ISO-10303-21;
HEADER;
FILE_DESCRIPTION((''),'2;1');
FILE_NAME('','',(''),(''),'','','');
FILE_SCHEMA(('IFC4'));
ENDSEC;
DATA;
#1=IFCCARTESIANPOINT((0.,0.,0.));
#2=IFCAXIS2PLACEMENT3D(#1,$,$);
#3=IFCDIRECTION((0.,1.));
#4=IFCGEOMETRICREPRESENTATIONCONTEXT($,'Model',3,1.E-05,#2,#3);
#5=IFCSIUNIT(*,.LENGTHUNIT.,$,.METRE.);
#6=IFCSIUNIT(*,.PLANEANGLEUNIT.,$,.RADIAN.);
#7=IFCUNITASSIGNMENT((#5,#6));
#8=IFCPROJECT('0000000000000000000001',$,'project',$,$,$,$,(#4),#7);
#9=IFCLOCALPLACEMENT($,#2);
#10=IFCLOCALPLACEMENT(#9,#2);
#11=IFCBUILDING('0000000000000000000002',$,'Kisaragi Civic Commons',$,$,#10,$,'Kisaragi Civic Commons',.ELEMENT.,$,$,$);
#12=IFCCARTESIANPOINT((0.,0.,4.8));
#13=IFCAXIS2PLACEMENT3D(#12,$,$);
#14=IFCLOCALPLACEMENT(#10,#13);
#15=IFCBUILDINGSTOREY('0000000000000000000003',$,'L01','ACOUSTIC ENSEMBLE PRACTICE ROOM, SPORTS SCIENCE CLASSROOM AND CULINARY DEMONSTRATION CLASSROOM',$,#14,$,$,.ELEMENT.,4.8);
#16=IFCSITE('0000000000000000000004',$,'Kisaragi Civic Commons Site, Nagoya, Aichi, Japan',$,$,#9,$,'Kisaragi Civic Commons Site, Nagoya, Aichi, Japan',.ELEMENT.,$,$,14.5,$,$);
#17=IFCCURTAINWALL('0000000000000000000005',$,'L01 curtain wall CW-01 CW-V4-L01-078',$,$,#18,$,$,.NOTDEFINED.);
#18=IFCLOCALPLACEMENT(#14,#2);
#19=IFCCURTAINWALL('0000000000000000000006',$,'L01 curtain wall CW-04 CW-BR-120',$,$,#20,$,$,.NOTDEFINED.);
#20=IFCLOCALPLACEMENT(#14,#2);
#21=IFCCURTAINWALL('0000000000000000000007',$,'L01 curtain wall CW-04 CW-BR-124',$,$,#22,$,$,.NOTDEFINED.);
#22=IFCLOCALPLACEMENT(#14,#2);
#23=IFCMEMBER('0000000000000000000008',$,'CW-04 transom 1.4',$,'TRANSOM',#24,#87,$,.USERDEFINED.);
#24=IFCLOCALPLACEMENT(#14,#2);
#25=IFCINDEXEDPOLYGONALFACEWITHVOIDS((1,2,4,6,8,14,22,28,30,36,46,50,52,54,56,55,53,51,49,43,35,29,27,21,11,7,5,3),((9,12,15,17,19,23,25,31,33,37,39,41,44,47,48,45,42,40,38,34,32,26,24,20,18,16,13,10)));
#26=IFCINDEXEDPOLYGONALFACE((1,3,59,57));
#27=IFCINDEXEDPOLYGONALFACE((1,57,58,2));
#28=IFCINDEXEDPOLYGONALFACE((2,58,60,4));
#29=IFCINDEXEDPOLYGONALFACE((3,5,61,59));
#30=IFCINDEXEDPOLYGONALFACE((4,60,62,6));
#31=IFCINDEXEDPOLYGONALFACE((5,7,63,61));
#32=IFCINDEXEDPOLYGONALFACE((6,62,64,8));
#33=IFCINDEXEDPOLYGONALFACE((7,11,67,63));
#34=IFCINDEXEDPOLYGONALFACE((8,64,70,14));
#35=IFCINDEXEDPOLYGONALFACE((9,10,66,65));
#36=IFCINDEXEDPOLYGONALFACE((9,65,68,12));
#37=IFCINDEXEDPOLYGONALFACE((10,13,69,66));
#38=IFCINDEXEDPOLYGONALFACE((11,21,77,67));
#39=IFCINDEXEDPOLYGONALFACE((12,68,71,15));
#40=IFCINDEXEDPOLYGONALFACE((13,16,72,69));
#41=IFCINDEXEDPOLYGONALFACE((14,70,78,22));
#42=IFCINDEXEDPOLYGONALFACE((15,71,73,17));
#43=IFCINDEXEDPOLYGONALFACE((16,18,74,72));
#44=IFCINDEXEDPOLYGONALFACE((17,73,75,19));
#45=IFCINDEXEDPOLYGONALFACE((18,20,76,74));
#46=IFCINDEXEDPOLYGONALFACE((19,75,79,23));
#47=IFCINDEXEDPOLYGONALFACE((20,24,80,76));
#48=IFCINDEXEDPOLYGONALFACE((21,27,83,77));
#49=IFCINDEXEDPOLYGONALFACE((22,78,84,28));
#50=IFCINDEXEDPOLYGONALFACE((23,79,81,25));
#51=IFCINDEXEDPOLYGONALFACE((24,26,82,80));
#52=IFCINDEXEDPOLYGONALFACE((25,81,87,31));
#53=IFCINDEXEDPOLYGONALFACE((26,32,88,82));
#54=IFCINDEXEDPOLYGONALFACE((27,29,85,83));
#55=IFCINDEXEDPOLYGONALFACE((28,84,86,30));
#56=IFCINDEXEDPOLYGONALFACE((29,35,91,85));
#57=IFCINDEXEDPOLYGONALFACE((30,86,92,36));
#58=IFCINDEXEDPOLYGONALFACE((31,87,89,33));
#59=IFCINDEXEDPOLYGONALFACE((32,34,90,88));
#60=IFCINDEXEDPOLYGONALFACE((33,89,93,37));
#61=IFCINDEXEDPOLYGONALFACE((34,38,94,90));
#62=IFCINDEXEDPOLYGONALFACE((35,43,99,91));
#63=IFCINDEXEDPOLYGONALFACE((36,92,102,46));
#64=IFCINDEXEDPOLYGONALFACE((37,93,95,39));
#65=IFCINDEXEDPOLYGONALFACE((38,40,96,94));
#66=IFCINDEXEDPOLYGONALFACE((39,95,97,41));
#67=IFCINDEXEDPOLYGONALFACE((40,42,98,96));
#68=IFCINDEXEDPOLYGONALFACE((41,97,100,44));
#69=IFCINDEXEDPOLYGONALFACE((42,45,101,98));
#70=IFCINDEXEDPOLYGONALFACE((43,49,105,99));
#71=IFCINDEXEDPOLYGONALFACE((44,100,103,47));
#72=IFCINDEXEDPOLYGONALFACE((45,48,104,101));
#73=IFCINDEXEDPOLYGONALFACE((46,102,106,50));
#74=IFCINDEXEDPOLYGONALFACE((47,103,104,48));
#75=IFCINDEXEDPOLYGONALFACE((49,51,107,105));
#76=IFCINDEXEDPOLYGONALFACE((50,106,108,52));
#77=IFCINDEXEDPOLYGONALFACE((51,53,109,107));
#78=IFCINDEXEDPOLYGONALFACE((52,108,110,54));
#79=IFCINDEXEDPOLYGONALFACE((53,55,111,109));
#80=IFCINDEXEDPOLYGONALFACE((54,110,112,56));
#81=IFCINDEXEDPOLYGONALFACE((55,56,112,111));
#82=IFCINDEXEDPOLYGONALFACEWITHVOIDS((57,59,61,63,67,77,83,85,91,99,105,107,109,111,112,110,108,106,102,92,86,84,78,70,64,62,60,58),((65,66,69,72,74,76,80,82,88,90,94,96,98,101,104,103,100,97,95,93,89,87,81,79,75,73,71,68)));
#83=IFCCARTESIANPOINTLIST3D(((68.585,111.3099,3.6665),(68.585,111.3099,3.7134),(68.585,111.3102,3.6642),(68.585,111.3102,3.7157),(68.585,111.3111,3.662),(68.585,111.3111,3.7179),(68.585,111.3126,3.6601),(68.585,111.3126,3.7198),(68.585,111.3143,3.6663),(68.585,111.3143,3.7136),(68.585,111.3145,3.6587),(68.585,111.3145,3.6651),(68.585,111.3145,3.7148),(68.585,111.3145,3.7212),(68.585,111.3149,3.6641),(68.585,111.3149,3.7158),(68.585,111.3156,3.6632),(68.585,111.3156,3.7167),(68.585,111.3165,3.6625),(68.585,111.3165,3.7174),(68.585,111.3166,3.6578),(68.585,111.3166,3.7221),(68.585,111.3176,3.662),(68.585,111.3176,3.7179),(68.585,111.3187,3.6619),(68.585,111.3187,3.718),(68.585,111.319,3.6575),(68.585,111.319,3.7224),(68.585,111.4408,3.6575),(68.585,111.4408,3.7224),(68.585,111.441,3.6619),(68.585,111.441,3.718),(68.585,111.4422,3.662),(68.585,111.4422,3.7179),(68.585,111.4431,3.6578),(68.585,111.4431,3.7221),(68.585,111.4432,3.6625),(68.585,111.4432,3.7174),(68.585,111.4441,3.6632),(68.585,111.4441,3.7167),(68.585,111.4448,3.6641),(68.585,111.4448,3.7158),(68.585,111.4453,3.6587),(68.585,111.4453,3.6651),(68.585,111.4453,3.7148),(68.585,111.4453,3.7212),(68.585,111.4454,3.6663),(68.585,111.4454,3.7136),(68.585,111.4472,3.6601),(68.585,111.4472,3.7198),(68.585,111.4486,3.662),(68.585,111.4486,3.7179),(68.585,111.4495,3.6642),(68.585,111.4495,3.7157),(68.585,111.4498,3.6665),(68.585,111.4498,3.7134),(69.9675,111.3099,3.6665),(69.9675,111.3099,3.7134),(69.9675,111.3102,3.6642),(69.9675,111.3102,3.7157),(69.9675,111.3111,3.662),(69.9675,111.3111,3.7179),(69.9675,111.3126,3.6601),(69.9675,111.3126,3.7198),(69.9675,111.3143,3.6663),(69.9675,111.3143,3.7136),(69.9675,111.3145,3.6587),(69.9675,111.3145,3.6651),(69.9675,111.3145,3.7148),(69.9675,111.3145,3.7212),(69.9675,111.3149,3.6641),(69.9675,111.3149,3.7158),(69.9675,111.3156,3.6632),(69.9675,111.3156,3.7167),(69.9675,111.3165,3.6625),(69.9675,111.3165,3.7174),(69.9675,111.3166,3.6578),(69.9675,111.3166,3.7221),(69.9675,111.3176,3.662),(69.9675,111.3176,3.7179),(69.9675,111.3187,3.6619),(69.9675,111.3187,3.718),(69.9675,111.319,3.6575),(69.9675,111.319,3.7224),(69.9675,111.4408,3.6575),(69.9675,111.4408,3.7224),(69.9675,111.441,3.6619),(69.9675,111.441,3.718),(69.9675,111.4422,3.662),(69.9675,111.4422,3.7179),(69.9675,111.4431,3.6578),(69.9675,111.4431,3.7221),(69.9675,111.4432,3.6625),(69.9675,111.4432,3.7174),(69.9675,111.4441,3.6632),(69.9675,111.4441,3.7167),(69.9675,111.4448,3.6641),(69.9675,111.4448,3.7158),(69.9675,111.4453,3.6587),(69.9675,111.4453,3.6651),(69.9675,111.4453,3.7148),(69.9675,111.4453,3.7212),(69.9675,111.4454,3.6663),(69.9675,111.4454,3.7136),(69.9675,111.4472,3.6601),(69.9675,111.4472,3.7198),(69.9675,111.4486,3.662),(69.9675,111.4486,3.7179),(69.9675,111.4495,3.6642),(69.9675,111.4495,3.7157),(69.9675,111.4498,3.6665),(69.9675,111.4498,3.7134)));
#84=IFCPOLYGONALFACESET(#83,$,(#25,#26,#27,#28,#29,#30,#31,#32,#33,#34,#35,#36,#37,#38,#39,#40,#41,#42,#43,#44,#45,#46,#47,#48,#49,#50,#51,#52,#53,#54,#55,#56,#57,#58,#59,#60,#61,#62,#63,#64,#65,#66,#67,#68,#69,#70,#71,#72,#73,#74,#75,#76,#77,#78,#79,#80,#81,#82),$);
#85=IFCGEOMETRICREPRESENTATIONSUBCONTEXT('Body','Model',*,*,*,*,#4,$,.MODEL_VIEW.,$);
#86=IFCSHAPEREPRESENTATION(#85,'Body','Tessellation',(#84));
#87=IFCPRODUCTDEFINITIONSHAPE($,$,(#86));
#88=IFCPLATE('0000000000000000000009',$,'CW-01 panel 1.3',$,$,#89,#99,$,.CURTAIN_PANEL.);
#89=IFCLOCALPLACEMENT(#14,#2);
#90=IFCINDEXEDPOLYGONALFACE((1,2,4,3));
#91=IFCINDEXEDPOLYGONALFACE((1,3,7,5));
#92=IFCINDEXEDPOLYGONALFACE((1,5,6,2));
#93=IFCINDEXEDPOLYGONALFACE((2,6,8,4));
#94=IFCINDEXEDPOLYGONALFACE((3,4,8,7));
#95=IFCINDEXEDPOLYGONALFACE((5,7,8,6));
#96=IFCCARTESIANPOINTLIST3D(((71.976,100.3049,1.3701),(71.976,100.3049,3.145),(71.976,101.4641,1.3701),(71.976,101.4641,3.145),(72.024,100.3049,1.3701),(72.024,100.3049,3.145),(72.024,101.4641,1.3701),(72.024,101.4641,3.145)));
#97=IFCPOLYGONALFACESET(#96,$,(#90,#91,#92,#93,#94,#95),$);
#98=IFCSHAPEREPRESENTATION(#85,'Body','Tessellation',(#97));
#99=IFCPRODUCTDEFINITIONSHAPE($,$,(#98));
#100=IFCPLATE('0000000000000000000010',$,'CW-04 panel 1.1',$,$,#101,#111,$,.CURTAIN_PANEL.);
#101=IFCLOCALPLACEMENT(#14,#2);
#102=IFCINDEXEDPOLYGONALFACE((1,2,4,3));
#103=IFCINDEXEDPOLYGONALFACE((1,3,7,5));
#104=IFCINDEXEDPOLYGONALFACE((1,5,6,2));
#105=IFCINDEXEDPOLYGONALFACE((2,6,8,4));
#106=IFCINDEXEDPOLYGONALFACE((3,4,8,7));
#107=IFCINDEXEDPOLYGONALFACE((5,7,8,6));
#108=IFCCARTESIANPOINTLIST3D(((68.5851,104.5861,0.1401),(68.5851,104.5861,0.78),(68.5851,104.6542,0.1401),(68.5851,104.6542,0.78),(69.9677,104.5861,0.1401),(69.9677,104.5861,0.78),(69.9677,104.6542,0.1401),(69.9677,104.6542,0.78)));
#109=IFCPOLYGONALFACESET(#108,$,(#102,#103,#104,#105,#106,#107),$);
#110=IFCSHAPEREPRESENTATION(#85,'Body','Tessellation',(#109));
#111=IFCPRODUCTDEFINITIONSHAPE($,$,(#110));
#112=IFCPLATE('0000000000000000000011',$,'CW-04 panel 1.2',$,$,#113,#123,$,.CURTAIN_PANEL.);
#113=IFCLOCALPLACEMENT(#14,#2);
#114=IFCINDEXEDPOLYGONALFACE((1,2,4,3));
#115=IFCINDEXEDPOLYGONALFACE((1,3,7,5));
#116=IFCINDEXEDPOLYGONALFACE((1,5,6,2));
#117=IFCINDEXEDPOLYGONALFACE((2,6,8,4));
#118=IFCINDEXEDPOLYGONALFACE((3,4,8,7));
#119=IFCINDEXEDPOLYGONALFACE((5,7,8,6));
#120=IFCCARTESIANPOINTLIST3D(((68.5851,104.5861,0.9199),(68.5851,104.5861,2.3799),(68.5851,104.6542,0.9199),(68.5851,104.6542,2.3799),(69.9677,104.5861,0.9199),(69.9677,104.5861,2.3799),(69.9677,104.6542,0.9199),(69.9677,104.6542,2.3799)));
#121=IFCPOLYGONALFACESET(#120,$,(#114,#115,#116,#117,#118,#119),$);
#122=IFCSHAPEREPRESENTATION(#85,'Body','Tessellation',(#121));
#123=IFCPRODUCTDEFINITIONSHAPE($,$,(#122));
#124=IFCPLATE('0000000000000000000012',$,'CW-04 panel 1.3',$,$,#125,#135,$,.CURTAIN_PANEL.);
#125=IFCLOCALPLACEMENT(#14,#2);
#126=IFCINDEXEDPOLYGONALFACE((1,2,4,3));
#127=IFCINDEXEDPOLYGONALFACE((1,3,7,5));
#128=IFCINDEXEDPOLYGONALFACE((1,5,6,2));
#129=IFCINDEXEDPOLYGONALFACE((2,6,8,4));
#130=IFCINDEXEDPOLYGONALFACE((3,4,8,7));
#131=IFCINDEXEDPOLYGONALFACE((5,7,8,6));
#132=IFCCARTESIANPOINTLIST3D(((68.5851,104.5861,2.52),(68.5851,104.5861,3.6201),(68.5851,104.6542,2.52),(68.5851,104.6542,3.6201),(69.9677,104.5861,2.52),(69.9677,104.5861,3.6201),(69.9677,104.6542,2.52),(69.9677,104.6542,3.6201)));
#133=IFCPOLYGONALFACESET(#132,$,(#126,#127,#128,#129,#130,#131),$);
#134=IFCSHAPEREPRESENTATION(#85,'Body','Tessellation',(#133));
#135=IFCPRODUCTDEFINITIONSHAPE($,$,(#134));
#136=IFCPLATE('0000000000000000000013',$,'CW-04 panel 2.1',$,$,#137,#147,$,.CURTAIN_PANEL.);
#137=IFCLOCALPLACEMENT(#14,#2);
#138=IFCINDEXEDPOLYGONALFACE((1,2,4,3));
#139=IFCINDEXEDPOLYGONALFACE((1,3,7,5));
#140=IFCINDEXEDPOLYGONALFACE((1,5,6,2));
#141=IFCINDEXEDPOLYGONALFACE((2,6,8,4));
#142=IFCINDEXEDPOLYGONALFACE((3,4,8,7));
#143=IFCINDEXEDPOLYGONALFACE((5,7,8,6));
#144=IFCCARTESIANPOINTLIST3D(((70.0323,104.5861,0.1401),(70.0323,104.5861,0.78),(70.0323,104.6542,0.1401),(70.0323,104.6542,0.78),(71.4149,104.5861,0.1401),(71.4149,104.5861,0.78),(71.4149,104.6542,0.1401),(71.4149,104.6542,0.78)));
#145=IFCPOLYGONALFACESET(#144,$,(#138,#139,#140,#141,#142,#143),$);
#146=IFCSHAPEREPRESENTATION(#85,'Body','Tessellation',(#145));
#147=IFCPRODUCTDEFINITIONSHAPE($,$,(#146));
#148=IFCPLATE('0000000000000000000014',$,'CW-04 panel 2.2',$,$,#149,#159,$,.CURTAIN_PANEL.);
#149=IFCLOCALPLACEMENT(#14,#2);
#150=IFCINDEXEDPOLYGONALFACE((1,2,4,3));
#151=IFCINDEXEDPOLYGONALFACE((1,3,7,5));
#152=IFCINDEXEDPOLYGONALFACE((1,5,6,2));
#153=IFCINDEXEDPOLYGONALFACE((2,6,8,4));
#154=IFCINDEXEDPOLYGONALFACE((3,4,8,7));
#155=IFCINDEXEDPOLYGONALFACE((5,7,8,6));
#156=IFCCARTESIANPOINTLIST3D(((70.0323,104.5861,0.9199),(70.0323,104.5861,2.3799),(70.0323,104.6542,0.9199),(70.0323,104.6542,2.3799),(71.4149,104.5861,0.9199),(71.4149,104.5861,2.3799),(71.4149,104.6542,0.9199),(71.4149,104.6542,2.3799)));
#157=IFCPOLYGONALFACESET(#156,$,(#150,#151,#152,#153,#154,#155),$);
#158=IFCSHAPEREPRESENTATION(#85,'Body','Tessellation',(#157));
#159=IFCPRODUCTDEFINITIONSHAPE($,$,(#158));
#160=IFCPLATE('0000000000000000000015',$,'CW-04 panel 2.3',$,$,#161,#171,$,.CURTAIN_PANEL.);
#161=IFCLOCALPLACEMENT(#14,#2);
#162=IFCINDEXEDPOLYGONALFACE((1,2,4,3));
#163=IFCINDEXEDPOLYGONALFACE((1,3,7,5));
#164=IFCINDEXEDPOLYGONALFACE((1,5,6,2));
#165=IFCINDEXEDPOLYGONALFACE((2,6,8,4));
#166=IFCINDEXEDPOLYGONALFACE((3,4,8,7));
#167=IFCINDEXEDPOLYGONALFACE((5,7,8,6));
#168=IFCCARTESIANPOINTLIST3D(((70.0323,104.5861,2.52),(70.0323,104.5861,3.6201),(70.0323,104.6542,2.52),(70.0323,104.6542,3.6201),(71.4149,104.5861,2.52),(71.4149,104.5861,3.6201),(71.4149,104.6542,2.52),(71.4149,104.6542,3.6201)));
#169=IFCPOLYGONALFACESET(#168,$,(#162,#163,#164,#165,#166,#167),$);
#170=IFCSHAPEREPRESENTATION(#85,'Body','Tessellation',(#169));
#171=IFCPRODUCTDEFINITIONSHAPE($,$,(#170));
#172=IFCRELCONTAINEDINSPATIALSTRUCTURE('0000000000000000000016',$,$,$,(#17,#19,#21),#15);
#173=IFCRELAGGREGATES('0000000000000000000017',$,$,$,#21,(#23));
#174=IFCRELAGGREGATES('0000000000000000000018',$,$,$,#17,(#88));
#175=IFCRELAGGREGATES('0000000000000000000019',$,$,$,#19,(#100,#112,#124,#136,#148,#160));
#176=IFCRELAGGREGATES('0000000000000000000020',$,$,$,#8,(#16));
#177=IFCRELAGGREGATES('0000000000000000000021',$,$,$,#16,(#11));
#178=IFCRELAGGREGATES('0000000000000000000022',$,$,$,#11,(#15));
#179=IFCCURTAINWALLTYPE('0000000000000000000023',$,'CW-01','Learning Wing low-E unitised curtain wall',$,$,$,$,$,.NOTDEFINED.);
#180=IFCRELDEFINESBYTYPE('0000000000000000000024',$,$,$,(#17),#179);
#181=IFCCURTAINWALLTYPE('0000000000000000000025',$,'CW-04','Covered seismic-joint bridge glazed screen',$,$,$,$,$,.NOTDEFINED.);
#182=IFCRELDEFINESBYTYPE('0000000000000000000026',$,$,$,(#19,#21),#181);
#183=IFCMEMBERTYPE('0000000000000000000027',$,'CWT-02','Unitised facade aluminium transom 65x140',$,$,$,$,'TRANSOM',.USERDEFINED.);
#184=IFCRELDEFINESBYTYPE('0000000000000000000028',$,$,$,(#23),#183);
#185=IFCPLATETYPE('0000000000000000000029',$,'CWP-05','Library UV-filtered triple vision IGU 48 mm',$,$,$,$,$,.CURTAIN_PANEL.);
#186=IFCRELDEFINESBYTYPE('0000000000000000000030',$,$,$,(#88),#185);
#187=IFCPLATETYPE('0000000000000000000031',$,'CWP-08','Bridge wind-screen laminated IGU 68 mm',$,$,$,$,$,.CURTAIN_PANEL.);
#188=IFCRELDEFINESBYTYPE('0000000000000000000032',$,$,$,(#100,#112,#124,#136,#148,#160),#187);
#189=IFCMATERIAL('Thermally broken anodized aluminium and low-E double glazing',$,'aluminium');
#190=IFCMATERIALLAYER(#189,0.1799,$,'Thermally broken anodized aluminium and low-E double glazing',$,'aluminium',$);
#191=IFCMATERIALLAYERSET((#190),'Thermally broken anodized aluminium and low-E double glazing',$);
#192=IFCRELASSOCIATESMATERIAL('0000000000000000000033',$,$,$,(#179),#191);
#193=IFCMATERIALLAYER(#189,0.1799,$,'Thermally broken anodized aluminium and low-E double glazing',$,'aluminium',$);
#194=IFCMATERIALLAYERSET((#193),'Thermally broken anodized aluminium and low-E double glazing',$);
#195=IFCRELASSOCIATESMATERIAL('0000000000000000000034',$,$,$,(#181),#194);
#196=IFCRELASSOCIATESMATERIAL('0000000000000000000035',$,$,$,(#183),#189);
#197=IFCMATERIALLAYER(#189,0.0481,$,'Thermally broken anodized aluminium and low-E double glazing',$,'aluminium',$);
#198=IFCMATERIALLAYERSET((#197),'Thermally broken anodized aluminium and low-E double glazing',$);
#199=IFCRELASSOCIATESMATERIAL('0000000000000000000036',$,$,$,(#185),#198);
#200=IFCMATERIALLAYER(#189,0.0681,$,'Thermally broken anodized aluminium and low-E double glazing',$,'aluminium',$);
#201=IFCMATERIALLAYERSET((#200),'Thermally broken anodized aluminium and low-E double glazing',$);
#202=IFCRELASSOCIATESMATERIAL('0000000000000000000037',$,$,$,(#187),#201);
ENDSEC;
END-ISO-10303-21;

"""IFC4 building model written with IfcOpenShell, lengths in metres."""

from ifc_helpers import new_model, si_unit, direction, frame, origin, origin_2d, place, context, subcontext, project, spatial, rectangle, hollow_rectangle, extrude, material, layer, layer_set, material_profile, profile_set, type_object, element, aggregate, save


model = new_model("IFC4")

# Units and contexts
model_context = context("Model", 3, precision=1e-05, world=origin(), true_north=direction((0.0, 1.0)))
body_context = subcontext(model_context, "Body", "Model", "MODEL_VIEW")
ifc_project = project(units=[si_unit("LENGTHUNIT", "METRE"), si_unit("PLANEANGLEUNIT", "RADIAN")], contexts=[model_context])

# Site, building, storey
site_placement = place(None, origin())
site = spatial("IfcSite", under=ifc_project, at=site_placement, Name="Kisaragi Civic Commons Site, Nagoya, Aichi, Japan", LongName="Kisaragi Civic Commons Site, Nagoya, Aichi, Japan", CompositionType="ELEMENT", RefElevation=14.5)
building_placement = place(site_placement, origin())
building = spatial("IfcBuilding", under=site, at=building_placement, Name="Kisaragi Civic Commons", LongName="Kisaragi Civic Commons", CompositionType="ELEMENT")
storey_placement = place(building_placement, frame((0.0, 0.0, 4.8)))
storey = spatial("IfcBuildingStorey", under=building, at=storey_placement, Name="L01", Description="ACOUSTIC ENSEMBLE PRACTICE ROOM, SPORTS SCIENCE CLASSROOM AND CULINARY DEMONSTRATION CLASSROOM", CompositionType="ELEMENT", Elevation=4.8)

# Curtain wall
ifc_material = material(Name="Thermally broken anodized aluminium and low-E double glazing", Category="aluminium")
ifc_layer_1 = layer(ifc_material, 0.1799, Name="Thermally broken anodized aluminium and low-E double glazing", Category="aluminium")
ifc_layer_set_1 = layer_set([ifc_layer_1], Name="Thermally broken anodized aluminium and low-E double glazing")
curtain_wall_type_1 = type_object("IfcCurtainWallType", Name="CW-01", Description="Learning Wing low-E unitised curtain wall", PredefinedType="NOTDEFINED", material=ifc_layer_set_1)
curtain_wall_1_placement = place(storey_placement, origin())
curtain_wall_1 = element("IfcCurtainWall", 1, at=curtain_wall_1_placement, inside=storey, type_object=curtain_wall_type_1, Name="L01 curtain wall CW-01 CW-V4-L01-078", PredefinedType="NOTDEFINED")

# Curtain walls, member
ifc_layer_2 = layer(ifc_material, 0.1799, Name="Thermally broken anodized aluminium and low-E double glazing", Category="aluminium")
ifc_layer_set_2 = layer_set([ifc_layer_2], Name="Thermally broken anodized aluminium and low-E double glazing")
curtain_wall_type_2 = type_object("IfcCurtainWallType", Name="CW-04", Description="Covered seismic-joint bridge glazed screen", PredefinedType="NOTDEFINED", material=ifc_layer_set_2)
curtain_wall_2_placement = place(storey_placement, origin())
curtain_wall_2 = element("IfcCurtainWall", 2, at=curtain_wall_2_placement, inside=storey, type_object=curtain_wall_type_2, Name="L01 curtain wall CW-04 CW-BR-120", PredefinedType="NOTDEFINED")
ifc_material_profile_1 = material_profile(ifc_material, hollow_rectangle(XDim=0.1399, YDim=0.0649, WallThickness=0.0044, InnerFilletRadius=0.0044, OuterFilletRadius=0.009, at=origin_2d()), Name="CWT-65x140x4.5", Category="aluminium")
ifc_profile_set_1 = profile_set([ifc_material_profile_1], Name="Thermally broken anodized aluminium and low-E double glazing")
member_type_1 = type_object("IfcMemberType", Name="CWT-02", Description="Unitised facade aluminium transom 65x140", ElementType="TRANSOM", PredefinedType="USERDEFINED", material=ifc_profile_set_1)
curtain_wall_3_placement = place(storey_placement, origin())
curtain_wall_3 = element("IfcCurtainWall", 3, at=curtain_wall_3_placement, inside=storey, type_object=curtain_wall_type_2, Name="L01 curtain wall CW-04 CW-BR-124", PredefinedType="NOTDEFINED")
member_1_placement = place(storey_placement, frame((68.585, 111.3799, 3.6899), z_axis=(1.0, 0.0, 0.0), x_axis=(0.0, 1.0, 0.0)))
member_1 = element("IfcMember", 4, at=member_1_placement, type_object=member_type_1, Name="CW-04 transom 1.4", ObjectType="TRANSOM", PredefinedType="USERDEFINED", context=body_context, shape_type="SweptSolid", body=[
    extrude(hollow_rectangle(XDim=0.1399, YDim=0.0649, WallThickness=0.0044, InnerFilletRadius=0.0044, OuterFilletRadius=0.009, at=origin_2d()), origin(), (0.0, 0.0, 1.0), 1.3826),
])
aggregate(curtain_wall_3, [member_1])

# Plates
ifc_layer_3 = layer(ifc_material, 0.0481, Name="Thermally broken anodized aluminium and low-E double glazing", Category="aluminium")
ifc_layer_set_3 = layer_set([ifc_layer_3], Name="Thermally broken anodized aluminium and low-E double glazing")
plate_type_1 = type_object("IfcPlateType", Name="CWP-05", Description="Library UV-filtered triple vision IGU 48 mm", PredefinedType="CURTAIN_PANEL", material=ifc_layer_set_3)
plate_1_placement = place(storey_placement, frame((72.0, 100.8845, 1.3701), z_axis=(0.0, 0.0, 1.0), x_axis=(0.0, 1.0, 0.0)))
plate_1 = element("IfcPlate", 5, at=plate_1_placement, type_object=plate_type_1, Name="CW-01 panel 1.3", PredefinedType="CURTAIN_PANEL", context=body_context, shape_type="SweptSolid", body=[
    extrude(rectangle(XDim=1.1592, YDim=0.0481, at=origin_2d()), origin(), (0.0, 0.0, 1.0), 1.7749),
])
aggregate(curtain_wall_1, [plate_1])
ifc_layer_4 = layer(ifc_material, 0.0681, Name="Thermally broken anodized aluminium and low-E double glazing", Category="aluminium")
ifc_layer_set_4 = layer_set([ifc_layer_4], Name="Thermally broken anodized aluminium and low-E double glazing")
plate_type_2 = type_object("IfcPlateType", Name="CWP-08", Description="Bridge wind-screen laminated IGU 68 mm", PredefinedType="CURTAIN_PANEL", material=ifc_layer_set_4)
plate_2_placement = place(storey_placement, frame((69.2764, 104.6201, 0.1401), z_axis=(0.0, 0.0, 1.0), x_axis=(1.0, 0.0, 0.0)))
plate_2 = element("IfcPlate", 6, at=plate_2_placement, type_object=plate_type_2, Name="CW-04 panel 1.1", PredefinedType="CURTAIN_PANEL", context=body_context, shape_type="SweptSolid", body=[
    extrude(rectangle(XDim=1.3826, YDim=0.0681, at=origin_2d()), origin(), (0.0, 0.0, 1.0), 0.6399),
])
plate_3_placement = place(storey_placement, frame((69.2764, 104.6201, 0.9199), z_axis=(0.0, 0.0, 1.0), x_axis=(1.0, 0.0, 0.0)))
plate_3 = element("IfcPlate", 7, at=plate_3_placement, type_object=plate_type_2, Name="CW-04 panel 1.2", PredefinedType="CURTAIN_PANEL", context=body_context, shape_type="SweptSolid", body=[
    extrude(rectangle(XDim=1.3826, YDim=0.0681, at=origin_2d()), origin(), (0.0, 0.0, 1.0), 1.46),
])
plate_4_placement = place(storey_placement, frame((69.2764, 104.6201, 2.52), z_axis=(0.0, 0.0, 1.0), x_axis=(1.0, 0.0, 0.0)))
plate_4 = element("IfcPlate", 8, at=plate_4_placement, type_object=plate_type_2, Name="CW-04 panel 1.3", PredefinedType="CURTAIN_PANEL", context=body_context, shape_type="SweptSolid", body=[
    extrude(rectangle(XDim=1.3826, YDim=0.0681, at=origin_2d()), origin(), (0.0, 0.0, 1.0), 1.1001),
])
plate_5_placement = place(storey_placement, frame((70.7236, 104.6201, 0.1401), z_axis=(0.0, 0.0, 1.0), x_axis=(1.0, 0.0, 0.0)))
plate_5 = element("IfcPlate", 9, at=plate_5_placement, type_object=plate_type_2, Name="CW-04 panel 2.1", PredefinedType="CURTAIN_PANEL", context=body_context, shape_type="SweptSolid", body=[
    extrude(rectangle(XDim=1.3826, YDim=0.0681, at=origin_2d()), origin(), (0.0, 0.0, 1.0), 0.6399),
])
plate_6_placement = place(storey_placement, frame((70.7236, 104.6201, 0.9199), z_axis=(0.0, 0.0, 1.0), x_axis=(1.0, 0.0, 0.0)))
plate_6 = element("IfcPlate", 10, at=plate_6_placement, type_object=plate_type_2, Name="CW-04 panel 2.2", PredefinedType="CURTAIN_PANEL", context=body_context, shape_type="SweptSolid", body=[
    extrude(rectangle(XDim=1.3826, YDim=0.0681, at=origin_2d()), origin(), (0.0, 0.0, 1.0), 1.46),
])
plate_7_placement = place(storey_placement, frame((70.7236, 104.6201, 2.52), z_axis=(0.0, 0.0, 1.0), x_axis=(1.0, 0.0, 0.0)))
plate_7 = element("IfcPlate", 11, at=plate_7_placement, type_object=plate_type_2, Name="CW-04 panel 2.3", PredefinedType="CURTAIN_PANEL", context=body_context, shape_type="SweptSolid", body=[
    extrude(rectangle(XDim=1.3826, YDim=0.0681, at=origin_2d()), origin(), (0.0, 0.0, 1.0), 1.1001),
])
aggregate(curtain_wall_2, [plate_2, plate_3, plate_4, plate_5, plate_6, plate_7])

save(model, "model.ifc")
